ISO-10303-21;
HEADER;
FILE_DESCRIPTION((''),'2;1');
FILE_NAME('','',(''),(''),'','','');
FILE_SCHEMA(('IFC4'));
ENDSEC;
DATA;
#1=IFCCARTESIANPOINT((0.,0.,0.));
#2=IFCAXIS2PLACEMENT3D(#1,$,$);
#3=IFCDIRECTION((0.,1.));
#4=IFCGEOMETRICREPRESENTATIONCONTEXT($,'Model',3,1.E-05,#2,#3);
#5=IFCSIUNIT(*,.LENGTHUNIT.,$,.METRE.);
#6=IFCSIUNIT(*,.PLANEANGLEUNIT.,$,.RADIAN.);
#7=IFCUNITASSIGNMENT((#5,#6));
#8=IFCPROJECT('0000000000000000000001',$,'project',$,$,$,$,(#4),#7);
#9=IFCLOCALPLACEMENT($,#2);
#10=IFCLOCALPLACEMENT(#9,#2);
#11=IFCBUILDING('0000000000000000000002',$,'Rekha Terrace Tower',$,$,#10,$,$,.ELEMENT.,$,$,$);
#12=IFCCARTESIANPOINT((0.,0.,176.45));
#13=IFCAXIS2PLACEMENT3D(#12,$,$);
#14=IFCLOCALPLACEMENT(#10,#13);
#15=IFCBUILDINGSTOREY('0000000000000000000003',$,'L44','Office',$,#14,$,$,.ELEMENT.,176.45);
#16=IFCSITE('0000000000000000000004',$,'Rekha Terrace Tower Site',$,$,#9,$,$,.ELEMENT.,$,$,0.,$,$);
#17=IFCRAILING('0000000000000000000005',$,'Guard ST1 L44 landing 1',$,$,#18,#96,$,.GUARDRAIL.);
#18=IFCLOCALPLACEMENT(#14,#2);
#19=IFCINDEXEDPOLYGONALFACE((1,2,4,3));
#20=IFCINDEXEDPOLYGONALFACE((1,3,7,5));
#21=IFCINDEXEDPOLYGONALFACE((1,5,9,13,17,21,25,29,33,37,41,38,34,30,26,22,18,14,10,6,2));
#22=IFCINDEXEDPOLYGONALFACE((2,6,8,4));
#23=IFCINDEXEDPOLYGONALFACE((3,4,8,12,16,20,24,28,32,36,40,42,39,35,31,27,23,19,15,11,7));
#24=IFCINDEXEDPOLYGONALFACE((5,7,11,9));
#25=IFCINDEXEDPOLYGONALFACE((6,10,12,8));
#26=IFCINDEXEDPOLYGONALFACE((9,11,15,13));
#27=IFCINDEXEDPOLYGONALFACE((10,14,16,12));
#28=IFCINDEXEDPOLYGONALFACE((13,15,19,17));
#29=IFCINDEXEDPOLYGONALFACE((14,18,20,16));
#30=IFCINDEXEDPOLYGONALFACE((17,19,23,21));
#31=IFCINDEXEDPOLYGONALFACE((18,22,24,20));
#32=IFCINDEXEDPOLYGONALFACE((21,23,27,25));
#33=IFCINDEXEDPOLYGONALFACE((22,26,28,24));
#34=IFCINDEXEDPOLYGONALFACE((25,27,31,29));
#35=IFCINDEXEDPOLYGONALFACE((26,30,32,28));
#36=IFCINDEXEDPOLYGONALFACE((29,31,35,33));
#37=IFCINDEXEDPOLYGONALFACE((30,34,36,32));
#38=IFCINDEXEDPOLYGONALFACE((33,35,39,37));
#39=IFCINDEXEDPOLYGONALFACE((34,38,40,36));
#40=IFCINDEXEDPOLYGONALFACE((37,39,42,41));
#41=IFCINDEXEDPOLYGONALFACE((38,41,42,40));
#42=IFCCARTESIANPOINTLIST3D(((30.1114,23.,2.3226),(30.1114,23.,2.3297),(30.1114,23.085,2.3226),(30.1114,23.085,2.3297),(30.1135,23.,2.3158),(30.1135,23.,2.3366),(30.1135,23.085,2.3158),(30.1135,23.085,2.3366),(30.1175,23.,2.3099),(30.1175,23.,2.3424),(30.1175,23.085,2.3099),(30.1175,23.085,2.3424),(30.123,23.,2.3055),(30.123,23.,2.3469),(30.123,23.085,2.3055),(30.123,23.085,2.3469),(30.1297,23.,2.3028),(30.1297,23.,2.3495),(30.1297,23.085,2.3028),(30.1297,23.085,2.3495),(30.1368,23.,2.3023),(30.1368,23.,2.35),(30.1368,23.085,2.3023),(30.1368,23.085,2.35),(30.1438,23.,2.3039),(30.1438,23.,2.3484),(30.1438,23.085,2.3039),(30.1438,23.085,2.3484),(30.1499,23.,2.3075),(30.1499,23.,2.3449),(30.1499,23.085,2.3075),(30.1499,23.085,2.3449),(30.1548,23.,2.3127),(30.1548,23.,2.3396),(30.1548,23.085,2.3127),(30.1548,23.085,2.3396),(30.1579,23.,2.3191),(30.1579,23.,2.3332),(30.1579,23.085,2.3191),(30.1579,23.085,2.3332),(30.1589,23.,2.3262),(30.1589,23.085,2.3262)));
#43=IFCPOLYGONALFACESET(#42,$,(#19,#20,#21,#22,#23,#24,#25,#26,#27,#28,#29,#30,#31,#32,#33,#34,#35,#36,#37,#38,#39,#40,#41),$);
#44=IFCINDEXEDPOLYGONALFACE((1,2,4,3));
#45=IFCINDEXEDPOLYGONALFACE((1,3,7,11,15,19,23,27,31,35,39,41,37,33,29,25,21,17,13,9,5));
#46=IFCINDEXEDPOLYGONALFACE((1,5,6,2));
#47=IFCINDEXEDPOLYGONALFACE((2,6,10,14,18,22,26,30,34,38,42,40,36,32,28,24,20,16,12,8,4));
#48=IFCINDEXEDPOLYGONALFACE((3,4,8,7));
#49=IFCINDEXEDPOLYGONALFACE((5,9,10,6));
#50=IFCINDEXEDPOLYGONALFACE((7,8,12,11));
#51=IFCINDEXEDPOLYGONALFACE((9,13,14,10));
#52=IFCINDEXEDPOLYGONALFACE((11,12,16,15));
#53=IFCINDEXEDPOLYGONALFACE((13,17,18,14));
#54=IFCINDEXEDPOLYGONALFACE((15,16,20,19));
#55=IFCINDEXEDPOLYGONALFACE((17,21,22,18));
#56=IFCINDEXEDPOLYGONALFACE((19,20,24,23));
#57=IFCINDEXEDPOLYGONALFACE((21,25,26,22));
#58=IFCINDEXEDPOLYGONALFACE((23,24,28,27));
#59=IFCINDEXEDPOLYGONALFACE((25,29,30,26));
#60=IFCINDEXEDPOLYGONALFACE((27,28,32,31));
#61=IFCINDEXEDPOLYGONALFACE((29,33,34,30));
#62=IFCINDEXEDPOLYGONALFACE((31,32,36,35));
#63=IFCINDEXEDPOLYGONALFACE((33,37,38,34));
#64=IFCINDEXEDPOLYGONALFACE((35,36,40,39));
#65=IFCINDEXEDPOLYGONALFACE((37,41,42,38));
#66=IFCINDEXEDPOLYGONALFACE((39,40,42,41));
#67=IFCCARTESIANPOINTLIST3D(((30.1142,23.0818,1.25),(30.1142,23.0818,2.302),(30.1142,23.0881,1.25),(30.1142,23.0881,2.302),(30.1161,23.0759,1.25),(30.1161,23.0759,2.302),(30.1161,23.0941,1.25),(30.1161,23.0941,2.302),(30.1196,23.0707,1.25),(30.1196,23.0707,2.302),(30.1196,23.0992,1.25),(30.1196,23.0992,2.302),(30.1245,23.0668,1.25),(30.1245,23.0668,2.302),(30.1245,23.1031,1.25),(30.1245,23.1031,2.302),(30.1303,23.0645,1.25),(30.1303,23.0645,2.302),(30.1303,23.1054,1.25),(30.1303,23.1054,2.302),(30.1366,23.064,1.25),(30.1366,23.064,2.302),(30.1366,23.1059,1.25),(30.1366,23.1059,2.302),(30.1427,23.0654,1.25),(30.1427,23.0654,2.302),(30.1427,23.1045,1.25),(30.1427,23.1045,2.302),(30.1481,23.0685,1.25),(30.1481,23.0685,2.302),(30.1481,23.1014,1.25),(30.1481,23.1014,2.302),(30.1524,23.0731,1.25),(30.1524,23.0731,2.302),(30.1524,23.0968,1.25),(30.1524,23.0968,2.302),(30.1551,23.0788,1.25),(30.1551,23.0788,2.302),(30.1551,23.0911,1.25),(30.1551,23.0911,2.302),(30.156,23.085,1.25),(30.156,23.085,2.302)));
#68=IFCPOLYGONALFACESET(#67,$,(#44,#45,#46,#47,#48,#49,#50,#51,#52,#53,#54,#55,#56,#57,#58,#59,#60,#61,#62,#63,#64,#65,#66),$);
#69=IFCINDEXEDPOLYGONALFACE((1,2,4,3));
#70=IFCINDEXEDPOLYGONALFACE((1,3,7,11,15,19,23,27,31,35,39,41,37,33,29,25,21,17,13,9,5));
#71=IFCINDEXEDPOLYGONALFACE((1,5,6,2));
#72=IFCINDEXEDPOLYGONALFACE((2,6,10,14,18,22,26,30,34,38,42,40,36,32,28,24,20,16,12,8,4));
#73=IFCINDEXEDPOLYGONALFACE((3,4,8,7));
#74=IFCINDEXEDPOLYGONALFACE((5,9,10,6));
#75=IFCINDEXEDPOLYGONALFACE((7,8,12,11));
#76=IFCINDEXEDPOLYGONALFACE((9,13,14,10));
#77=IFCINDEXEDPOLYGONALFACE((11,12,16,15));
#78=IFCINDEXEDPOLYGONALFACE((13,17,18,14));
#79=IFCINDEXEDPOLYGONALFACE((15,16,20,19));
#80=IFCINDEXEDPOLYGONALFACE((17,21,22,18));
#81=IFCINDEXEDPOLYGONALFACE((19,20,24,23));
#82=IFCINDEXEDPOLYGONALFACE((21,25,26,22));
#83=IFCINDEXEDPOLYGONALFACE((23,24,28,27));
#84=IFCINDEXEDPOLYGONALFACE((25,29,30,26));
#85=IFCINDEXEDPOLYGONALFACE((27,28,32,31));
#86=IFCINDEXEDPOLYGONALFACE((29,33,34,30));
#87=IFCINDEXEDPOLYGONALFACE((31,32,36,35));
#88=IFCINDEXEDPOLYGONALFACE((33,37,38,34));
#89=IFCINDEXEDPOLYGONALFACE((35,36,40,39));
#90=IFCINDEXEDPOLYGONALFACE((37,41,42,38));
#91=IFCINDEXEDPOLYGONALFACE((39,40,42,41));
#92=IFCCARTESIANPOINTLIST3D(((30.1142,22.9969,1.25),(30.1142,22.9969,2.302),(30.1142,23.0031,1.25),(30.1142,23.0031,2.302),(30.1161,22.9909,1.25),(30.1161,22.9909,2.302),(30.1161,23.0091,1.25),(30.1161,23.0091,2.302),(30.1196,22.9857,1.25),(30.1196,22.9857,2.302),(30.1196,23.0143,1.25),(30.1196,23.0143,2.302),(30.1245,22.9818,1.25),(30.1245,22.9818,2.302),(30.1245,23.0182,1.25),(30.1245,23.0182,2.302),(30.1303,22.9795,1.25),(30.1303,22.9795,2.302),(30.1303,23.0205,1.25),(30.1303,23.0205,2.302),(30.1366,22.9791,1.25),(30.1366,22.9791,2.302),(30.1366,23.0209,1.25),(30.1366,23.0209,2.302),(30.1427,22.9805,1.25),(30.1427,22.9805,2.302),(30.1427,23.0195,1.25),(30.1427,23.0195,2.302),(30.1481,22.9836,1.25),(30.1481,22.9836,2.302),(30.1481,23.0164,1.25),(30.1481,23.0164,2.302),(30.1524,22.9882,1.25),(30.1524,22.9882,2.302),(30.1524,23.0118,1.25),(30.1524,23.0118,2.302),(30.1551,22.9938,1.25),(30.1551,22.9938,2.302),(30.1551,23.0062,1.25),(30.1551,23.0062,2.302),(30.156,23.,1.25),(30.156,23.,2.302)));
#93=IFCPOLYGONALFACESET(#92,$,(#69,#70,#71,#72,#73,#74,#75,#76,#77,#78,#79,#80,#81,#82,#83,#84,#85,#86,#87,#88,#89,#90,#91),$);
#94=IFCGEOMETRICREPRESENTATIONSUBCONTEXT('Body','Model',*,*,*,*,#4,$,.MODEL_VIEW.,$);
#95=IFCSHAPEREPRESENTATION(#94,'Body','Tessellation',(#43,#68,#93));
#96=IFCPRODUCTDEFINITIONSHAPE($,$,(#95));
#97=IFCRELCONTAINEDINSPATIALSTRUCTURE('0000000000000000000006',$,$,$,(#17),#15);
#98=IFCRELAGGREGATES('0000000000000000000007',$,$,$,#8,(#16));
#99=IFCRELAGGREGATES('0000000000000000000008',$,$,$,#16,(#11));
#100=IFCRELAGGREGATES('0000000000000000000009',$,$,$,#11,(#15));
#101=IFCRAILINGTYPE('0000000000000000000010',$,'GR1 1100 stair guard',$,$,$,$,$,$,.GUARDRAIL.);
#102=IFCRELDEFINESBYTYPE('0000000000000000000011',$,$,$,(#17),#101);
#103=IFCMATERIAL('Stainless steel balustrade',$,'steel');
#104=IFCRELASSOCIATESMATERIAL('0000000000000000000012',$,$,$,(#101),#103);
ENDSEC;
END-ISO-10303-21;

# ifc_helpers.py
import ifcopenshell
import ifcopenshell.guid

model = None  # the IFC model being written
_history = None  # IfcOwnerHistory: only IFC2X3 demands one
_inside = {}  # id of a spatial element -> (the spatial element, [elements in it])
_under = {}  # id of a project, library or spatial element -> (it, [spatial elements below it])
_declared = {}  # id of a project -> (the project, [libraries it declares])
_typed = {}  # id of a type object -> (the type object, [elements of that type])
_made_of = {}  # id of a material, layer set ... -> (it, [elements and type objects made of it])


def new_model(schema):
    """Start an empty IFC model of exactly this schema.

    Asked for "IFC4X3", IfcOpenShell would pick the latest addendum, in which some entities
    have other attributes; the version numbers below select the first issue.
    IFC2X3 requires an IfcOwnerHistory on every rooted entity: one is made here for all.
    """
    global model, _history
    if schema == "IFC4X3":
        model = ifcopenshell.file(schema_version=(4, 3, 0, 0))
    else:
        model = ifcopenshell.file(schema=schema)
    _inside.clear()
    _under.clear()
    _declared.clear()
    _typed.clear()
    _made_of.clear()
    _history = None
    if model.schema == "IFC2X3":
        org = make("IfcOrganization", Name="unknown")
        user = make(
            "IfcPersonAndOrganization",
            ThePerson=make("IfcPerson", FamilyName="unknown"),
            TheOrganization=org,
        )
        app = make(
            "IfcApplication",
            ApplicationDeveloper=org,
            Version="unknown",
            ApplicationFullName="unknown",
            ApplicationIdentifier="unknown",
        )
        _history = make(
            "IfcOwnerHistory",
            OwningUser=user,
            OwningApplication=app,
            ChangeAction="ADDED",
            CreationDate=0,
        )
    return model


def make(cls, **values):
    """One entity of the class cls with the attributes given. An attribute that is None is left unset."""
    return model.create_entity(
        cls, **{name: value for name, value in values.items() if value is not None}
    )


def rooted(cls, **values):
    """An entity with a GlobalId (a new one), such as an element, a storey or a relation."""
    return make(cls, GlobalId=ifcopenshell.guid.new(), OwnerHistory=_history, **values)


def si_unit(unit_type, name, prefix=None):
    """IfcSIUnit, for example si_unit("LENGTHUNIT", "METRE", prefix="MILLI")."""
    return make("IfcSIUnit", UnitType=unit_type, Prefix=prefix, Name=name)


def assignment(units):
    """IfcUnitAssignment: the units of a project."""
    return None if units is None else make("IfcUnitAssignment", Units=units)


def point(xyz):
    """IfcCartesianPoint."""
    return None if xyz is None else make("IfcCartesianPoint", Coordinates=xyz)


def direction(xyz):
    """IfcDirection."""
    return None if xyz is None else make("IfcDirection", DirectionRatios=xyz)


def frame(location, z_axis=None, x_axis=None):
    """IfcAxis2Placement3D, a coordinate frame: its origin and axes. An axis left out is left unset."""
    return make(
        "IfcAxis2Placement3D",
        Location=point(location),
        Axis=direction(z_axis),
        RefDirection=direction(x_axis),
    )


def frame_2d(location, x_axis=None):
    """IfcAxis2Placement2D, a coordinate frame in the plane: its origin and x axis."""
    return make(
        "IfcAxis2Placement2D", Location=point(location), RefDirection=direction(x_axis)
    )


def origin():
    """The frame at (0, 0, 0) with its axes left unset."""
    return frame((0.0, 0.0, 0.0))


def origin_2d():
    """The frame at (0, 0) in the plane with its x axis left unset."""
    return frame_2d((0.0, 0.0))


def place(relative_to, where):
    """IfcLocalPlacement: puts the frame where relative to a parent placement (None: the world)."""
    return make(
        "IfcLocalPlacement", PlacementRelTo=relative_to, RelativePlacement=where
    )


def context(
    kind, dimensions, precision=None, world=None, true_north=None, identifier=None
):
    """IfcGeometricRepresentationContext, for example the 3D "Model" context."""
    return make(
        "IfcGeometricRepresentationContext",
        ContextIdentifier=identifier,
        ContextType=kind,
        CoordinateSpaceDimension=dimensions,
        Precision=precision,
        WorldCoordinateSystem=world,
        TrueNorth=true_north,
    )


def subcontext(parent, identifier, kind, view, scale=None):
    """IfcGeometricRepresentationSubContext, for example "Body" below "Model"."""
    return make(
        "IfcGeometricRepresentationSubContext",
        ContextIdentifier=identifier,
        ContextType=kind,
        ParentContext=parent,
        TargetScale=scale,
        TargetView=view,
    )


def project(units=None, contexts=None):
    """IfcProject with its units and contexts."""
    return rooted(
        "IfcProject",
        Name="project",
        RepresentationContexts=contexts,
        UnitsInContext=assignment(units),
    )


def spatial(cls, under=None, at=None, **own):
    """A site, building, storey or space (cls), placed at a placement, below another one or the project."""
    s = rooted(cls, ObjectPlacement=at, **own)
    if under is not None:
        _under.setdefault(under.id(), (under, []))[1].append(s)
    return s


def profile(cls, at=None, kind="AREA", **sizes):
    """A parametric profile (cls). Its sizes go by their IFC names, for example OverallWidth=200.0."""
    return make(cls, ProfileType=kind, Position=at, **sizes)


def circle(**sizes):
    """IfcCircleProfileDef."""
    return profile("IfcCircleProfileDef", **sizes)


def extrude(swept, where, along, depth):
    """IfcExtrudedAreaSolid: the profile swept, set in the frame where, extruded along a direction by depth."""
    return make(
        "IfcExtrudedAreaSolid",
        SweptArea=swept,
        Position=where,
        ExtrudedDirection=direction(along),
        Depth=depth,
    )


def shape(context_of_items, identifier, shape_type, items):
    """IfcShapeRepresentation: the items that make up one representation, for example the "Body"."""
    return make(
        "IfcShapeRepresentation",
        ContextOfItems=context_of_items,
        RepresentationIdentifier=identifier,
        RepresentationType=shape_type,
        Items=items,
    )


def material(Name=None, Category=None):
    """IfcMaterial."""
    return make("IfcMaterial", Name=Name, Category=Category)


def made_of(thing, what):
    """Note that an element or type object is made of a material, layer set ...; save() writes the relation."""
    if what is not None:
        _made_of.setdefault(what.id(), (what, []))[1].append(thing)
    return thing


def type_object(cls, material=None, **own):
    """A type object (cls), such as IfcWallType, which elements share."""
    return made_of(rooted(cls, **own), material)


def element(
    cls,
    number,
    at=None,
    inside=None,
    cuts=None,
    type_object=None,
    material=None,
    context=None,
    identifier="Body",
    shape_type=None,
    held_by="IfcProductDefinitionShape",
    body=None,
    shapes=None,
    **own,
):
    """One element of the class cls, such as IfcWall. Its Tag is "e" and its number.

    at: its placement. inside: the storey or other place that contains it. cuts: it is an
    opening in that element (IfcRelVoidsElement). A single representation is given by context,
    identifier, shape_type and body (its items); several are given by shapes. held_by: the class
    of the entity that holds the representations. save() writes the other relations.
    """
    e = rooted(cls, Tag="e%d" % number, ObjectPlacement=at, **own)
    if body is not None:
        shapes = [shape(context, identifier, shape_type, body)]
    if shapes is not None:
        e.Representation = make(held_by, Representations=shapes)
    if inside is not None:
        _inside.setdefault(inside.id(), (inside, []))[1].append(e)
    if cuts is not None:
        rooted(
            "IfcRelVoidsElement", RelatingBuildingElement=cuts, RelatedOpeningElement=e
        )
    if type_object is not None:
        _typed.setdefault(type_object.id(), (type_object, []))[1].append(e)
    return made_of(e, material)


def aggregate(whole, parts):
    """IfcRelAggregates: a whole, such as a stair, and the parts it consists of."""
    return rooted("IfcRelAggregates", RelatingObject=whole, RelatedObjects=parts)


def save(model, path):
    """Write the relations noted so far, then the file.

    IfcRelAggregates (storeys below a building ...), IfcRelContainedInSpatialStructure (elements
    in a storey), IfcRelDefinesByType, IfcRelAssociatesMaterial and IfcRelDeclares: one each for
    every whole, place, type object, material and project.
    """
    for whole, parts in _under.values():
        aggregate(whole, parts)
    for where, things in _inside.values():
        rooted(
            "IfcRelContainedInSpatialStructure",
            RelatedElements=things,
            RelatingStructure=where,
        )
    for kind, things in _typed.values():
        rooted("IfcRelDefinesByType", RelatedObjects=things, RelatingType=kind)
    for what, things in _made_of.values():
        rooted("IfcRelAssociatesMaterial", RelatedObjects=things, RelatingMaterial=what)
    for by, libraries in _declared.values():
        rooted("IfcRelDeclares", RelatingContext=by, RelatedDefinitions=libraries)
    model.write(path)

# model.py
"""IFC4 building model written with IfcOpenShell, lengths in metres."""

from ifc_helpers import new_model, si_unit, direction, frame, origin, origin_2d, place, context, subcontext, project, spatial, circle, extrude, material, type_object, element, save


model = new_model("IFC4")

# Units and contexts
model_context = context("Model", 3, precision=1e-05, world=origin(), true_north=direction((0.0, 1.0)))
body_context = subcontext(model_context, "Body", "Model", "MODEL_VIEW")
ifc_project = project(units=[si_unit("LENGTHUNIT", "METRE"), si_unit("PLANEANGLEUNIT", "RADIAN")], contexts=[model_context])

# Site, building, storey
site_placement = place(None, origin())
site = spatial("IfcSite", under=ifc_project, at=site_placement, Name="Rekha Terrace Tower Site", CompositionType="ELEMENT", RefElevation=0.0)
building_placement = place(site_placement, origin())
building = spatial("IfcBuilding", under=site, at=building_placement, Name="Rekha Terrace Tower", CompositionType="ELEMENT")
storey_placement = place(building_placement, frame((0.0, 0.0, 176.45)))
storey = spatial("IfcBuildingStorey", under=building, at=storey_placement, Name="L44", Description="Office", CompositionType="ELEMENT", Elevation=176.45)

# Railing
ifc_material_1 = material(Name="Stainless steel balustrade", Category="steel")
railing_type_1 = type_object("IfcRailingType", Name="GR1 1100 stair guard", PredefinedType="GUARDRAIL", material=ifc_material_1)
railing_1_placement = place(storey_placement, frame((30.135, 23.085, 1.25)))
element("IfcRailing", 1, at=railing_1_placement, inside=storey, type_object=railing_type_1, Name="Guard ST1 L44 landing 1", PredefinedType="GUARDRAIL", context=body_context, shape_type="SweptSolid", body=[
    extrude(circle(Radius=0.0239, at=origin_2d()), frame((0.0, 0.0, 1.0762), z_axis=(0.0, -1.0, 0.0), x_axis=(1.0, 0.0, 0.0)), (0.0, 0.0, 1.0), 0.085),
    extrude(circle(Radius=0.021, at=origin_2d()), origin(), (0.0, 0.0, 1.0), 1.052),
    extrude(circle(Radius=0.021, at=origin_2d()), frame((0.0, -0.085, 0.0)), (0.0, 0.0, 1.0), 1.052),
])

save(model, "model.ifc")
